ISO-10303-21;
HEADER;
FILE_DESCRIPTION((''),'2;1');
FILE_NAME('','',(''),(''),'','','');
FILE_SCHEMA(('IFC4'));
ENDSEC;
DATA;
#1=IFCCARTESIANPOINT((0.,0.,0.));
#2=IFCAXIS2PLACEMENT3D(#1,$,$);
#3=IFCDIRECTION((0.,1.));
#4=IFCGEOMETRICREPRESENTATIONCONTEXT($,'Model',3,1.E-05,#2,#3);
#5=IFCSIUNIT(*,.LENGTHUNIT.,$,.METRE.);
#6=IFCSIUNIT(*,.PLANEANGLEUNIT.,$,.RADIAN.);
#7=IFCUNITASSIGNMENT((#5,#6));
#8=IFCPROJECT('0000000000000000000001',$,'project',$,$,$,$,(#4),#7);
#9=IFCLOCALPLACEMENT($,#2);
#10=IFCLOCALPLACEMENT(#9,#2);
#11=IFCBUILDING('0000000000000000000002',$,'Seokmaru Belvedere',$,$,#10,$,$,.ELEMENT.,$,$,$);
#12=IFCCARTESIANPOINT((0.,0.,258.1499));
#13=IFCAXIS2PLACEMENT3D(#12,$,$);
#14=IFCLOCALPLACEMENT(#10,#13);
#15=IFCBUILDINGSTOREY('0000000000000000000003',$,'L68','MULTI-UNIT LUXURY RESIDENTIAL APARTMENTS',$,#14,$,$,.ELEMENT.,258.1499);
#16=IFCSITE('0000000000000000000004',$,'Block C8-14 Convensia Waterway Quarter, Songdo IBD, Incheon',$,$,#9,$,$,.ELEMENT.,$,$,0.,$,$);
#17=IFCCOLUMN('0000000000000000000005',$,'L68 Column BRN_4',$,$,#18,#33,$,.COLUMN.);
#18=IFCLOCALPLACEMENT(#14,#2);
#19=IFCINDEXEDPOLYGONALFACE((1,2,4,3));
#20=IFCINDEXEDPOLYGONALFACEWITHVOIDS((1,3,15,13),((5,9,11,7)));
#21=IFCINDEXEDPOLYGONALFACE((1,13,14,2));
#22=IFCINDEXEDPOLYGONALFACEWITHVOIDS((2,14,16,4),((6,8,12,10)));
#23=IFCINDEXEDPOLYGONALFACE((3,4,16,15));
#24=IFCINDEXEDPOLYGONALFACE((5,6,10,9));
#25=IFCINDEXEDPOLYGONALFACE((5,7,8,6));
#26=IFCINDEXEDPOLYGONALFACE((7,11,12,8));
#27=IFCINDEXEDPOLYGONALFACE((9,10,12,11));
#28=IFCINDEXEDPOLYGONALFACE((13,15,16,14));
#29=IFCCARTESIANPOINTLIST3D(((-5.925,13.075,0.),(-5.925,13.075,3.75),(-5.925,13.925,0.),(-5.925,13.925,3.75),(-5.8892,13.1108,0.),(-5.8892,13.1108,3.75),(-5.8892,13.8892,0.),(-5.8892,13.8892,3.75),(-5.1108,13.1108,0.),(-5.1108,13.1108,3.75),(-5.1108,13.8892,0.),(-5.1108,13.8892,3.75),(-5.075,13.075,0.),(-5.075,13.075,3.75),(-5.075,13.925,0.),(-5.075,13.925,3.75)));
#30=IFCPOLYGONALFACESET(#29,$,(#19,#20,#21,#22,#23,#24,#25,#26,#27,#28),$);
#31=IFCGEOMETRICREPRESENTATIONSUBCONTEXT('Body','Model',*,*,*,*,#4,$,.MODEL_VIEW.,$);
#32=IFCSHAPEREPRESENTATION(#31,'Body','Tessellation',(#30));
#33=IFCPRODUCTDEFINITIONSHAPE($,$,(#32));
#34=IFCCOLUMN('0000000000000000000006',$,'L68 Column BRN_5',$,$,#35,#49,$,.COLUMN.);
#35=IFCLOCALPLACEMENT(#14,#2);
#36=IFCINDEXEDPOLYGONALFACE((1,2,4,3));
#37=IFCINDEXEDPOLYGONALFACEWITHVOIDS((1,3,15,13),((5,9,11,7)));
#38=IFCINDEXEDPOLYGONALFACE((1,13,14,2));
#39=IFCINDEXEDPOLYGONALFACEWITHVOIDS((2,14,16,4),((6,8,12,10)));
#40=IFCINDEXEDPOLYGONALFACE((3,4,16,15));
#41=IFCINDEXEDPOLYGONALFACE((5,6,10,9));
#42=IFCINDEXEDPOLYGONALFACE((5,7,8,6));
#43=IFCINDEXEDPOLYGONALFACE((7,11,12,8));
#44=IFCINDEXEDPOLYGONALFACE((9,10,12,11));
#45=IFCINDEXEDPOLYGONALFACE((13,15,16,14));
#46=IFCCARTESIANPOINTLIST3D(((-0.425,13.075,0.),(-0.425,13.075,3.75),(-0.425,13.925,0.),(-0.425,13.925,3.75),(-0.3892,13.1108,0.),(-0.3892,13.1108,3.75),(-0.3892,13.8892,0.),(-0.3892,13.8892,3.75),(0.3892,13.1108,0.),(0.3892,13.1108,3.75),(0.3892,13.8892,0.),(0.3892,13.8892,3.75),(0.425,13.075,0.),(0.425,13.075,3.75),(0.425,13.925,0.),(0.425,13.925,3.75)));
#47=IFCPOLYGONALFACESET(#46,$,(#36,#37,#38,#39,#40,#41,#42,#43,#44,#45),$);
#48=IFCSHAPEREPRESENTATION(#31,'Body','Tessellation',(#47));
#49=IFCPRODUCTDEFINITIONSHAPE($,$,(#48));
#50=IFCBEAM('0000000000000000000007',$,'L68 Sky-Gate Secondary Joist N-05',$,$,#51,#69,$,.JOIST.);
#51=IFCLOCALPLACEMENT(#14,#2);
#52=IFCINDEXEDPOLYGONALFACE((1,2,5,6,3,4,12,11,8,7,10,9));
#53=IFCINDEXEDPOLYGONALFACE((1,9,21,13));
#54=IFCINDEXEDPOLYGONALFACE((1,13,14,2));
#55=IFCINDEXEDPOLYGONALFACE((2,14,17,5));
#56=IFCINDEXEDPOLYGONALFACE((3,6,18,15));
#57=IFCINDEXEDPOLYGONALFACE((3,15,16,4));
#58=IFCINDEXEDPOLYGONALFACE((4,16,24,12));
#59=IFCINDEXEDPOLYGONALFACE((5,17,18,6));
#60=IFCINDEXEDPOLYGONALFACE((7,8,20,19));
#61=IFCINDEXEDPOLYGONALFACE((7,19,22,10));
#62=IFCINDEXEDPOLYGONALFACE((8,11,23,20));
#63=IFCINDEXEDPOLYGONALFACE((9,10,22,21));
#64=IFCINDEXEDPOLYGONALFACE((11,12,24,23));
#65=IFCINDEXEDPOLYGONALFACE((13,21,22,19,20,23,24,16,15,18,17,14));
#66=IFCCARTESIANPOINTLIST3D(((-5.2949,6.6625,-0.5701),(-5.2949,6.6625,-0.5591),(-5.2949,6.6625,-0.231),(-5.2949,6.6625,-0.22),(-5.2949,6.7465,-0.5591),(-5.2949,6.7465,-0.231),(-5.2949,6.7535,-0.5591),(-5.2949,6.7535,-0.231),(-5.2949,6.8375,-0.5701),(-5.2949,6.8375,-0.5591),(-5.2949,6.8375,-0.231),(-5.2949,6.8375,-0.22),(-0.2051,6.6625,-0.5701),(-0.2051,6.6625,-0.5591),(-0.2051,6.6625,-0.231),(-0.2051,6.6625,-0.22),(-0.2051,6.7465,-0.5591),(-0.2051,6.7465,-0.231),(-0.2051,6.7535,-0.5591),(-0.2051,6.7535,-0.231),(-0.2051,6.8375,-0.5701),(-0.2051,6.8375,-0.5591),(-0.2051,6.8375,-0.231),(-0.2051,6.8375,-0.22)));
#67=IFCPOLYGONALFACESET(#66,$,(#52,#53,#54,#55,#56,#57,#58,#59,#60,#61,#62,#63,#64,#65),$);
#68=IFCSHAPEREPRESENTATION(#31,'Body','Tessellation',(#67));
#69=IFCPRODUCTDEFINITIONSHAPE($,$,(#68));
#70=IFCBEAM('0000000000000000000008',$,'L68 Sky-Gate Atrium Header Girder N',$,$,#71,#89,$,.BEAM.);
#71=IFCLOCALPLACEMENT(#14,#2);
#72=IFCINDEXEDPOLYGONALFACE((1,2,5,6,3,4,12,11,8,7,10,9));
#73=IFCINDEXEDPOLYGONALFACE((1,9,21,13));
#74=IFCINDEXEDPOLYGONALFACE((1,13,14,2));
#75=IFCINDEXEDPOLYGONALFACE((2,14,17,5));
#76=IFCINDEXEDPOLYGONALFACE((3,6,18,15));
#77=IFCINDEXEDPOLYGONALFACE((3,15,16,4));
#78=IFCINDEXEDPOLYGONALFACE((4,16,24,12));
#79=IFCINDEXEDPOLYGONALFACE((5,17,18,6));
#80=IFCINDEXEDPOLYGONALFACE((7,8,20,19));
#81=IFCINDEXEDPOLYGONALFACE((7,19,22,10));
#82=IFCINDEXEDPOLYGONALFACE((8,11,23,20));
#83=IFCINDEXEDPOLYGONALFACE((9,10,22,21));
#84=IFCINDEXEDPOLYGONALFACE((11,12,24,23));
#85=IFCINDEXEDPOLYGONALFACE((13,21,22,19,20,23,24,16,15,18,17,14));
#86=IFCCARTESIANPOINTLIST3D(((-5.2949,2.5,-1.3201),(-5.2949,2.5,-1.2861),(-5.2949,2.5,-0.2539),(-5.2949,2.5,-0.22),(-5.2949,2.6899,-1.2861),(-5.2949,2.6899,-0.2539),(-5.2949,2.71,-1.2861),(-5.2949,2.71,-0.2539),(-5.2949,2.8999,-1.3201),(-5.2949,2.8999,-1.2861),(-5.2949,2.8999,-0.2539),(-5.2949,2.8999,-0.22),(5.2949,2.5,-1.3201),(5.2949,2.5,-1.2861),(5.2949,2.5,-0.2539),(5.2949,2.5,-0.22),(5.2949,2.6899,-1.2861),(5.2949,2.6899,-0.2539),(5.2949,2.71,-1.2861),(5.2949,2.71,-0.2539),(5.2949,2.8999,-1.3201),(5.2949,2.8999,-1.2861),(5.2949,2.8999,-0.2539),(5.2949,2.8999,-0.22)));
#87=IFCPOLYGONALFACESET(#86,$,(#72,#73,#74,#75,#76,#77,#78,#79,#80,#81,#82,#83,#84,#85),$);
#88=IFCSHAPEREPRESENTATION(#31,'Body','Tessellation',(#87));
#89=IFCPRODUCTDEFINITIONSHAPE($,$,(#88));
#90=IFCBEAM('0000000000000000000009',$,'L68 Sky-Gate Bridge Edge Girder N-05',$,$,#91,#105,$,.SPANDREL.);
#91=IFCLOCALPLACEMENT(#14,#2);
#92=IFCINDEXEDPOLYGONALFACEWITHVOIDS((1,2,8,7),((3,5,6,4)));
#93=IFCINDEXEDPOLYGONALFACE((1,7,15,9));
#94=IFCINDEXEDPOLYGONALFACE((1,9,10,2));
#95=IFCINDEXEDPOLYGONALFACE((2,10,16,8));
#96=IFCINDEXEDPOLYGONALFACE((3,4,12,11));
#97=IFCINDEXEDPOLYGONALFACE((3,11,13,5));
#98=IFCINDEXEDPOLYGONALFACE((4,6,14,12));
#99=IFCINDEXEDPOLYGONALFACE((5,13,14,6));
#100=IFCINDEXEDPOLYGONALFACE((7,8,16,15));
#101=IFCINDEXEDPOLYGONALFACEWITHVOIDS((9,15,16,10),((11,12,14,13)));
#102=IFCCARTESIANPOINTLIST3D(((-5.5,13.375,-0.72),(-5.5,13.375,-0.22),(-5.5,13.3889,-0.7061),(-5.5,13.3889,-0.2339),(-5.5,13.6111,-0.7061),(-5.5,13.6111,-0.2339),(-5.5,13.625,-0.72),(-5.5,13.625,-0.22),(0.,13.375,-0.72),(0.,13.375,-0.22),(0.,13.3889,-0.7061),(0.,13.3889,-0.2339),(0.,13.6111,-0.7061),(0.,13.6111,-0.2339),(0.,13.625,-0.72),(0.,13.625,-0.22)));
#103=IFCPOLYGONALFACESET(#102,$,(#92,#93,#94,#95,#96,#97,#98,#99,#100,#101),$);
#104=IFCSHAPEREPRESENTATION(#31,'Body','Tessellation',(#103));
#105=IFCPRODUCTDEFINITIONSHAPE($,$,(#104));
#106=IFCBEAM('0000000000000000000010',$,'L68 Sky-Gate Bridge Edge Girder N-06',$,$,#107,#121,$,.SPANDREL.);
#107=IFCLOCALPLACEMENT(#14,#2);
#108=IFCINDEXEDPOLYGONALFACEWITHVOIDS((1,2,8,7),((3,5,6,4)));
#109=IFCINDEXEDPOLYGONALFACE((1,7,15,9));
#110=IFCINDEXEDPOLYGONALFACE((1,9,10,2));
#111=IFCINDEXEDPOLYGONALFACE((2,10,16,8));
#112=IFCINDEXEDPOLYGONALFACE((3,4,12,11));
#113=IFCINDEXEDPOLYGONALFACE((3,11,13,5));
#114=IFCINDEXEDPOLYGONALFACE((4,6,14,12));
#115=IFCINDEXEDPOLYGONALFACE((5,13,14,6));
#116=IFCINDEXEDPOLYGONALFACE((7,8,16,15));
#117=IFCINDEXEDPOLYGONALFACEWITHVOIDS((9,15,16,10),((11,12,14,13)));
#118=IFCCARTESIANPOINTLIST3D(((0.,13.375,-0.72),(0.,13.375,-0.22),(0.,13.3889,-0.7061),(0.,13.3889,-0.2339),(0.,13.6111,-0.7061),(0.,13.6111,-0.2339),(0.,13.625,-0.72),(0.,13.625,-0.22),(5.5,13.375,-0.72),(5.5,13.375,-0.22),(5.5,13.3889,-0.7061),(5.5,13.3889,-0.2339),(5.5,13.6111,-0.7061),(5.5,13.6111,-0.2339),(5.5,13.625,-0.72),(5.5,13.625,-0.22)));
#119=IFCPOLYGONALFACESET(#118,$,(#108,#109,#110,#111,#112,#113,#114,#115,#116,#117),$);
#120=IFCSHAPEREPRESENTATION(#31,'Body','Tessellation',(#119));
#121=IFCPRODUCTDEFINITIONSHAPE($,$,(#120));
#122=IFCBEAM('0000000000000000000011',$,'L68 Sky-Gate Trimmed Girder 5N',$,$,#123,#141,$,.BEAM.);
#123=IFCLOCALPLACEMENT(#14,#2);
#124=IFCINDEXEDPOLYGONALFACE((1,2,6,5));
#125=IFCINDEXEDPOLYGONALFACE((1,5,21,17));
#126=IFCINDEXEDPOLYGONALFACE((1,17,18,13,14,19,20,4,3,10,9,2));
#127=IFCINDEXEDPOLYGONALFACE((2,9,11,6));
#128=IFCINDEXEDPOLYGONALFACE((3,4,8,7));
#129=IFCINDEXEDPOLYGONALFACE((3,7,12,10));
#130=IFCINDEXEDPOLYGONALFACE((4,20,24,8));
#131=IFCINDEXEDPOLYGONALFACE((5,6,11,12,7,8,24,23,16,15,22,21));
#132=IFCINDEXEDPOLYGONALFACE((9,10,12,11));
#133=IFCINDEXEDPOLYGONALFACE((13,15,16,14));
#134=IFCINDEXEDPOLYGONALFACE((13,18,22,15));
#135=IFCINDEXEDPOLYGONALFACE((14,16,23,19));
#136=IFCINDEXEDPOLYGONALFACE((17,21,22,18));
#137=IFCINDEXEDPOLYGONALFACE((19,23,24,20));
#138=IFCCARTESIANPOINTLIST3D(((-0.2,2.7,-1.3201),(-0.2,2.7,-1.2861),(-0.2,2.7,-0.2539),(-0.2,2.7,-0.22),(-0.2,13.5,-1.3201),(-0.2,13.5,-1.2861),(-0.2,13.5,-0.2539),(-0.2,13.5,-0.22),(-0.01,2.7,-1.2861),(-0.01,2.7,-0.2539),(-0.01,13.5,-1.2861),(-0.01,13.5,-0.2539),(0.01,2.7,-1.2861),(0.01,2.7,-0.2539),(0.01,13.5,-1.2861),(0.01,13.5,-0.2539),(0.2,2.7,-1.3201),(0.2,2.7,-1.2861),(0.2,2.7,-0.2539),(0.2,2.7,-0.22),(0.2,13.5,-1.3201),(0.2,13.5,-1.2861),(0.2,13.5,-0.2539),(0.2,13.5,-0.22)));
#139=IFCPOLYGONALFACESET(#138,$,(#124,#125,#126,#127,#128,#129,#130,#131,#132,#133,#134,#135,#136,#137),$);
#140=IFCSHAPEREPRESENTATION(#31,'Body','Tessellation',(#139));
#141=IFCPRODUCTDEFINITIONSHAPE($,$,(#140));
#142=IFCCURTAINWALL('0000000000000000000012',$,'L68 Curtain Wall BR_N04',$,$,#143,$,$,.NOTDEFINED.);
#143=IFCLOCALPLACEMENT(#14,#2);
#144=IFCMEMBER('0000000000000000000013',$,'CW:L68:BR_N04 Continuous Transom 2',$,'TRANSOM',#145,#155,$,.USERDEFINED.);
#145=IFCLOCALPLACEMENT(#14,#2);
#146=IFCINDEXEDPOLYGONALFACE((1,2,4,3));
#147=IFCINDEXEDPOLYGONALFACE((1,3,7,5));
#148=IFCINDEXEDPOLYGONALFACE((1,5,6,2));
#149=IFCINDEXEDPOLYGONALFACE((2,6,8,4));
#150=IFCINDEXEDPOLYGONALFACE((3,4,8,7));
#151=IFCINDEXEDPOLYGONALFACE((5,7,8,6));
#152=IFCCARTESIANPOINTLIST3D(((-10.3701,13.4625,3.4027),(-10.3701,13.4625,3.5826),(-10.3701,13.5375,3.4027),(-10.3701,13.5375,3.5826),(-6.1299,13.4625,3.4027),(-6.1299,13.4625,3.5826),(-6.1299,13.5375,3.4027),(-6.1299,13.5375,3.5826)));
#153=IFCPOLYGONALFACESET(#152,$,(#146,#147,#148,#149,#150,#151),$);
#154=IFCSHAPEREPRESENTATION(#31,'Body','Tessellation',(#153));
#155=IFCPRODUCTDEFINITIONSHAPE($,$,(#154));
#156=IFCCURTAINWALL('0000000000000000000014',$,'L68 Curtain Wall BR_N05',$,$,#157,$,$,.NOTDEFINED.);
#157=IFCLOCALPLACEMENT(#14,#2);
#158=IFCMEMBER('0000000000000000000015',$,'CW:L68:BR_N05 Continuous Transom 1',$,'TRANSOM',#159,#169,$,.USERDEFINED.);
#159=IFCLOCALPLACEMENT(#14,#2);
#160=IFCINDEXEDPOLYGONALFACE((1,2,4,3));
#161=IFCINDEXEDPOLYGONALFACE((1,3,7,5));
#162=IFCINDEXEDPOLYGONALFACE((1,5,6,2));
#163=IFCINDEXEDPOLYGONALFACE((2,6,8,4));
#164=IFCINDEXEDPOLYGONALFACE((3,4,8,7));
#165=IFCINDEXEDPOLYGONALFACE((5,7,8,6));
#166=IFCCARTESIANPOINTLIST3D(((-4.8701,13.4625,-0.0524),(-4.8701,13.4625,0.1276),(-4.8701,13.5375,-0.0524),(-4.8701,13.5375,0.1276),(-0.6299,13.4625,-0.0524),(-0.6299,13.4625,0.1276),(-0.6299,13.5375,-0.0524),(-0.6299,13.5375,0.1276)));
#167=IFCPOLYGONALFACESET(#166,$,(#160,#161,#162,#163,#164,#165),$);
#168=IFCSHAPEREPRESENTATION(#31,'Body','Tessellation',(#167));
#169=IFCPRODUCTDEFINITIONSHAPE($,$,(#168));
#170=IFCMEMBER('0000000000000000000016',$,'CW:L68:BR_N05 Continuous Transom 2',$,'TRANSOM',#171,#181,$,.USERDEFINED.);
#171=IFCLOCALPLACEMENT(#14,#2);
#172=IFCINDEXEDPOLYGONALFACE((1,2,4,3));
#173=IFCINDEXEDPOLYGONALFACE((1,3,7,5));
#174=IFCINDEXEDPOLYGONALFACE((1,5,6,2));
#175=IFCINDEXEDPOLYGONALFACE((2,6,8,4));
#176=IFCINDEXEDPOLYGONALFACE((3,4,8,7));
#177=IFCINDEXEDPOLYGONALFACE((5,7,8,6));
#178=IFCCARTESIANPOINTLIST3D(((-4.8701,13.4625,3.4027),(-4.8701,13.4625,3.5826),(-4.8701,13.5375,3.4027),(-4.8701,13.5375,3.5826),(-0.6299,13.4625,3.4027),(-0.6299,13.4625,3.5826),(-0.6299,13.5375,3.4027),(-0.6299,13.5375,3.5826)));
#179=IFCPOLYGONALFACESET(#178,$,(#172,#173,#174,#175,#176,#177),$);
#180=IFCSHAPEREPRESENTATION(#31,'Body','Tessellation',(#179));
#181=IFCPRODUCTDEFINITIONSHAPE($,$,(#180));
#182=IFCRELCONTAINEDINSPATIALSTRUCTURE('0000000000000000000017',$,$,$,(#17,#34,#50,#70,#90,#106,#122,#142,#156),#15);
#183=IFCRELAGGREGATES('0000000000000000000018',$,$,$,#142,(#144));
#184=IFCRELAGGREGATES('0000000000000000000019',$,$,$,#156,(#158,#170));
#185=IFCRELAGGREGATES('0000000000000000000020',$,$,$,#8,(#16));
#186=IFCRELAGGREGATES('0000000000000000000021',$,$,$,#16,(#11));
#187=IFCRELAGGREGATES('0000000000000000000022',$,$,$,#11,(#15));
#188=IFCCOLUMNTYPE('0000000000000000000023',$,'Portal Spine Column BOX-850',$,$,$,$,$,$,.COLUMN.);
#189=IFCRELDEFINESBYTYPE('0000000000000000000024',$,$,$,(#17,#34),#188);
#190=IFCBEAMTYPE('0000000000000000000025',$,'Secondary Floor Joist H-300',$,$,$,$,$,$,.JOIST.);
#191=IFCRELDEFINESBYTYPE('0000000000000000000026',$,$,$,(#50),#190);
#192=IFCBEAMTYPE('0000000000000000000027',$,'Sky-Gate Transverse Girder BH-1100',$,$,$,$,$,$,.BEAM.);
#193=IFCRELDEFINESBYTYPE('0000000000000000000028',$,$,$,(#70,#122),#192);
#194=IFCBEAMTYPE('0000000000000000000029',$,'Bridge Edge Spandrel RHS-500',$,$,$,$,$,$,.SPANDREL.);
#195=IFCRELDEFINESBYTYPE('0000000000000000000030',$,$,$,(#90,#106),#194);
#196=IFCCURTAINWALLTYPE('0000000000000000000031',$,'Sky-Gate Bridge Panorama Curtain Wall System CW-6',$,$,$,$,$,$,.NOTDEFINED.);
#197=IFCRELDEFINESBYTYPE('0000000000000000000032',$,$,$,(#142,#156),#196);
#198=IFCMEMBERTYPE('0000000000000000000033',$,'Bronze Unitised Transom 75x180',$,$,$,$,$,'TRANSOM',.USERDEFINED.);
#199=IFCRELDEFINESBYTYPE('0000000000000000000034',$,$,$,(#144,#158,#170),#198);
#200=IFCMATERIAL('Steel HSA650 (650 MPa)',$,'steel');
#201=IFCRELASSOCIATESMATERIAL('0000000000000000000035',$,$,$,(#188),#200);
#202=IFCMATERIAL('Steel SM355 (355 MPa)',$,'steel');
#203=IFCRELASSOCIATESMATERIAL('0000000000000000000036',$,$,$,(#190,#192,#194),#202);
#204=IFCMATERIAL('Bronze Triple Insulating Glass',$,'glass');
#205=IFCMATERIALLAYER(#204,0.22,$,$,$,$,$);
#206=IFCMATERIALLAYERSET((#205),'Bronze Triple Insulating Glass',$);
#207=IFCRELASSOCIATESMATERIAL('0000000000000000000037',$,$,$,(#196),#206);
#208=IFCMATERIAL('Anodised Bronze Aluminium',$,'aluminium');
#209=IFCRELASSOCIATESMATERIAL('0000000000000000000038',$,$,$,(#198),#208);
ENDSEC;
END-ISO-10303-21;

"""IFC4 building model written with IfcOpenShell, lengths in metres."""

from ifc_helpers import new_model, si_unit, direction, frame, origin, origin_2d, place, context, subcontext, project, spatial, rectangle, hollow_rectangle, i_section, extrude, source, transform, mapped, material, layer, layer_set, material_profile, profile_set, type_object, type_shapes, element, aggregate, save


model = new_model("IFC4")

# Units and contexts
model_context = context("Model", 3, precision=1e-05, world=origin(), true_north=direction((0.0, 1.0)))
body_context = subcontext(model_context, "Body", "Model", "MODEL_VIEW")
ifc_project = project(units=[si_unit("LENGTHUNIT", "METRE"), si_unit("PLANEANGLEUNIT", "RADIAN")], contexts=[model_context])

# Site, building, storey
site_placement = place(None, origin())
site = spatial("IfcSite", under=ifc_project, at=site_placement, Name="Block C8-14 Convensia Waterway Quarter, Songdo IBD, Incheon", CompositionType="ELEMENT", RefElevation=0.0)
building_placement = place(site_placement, origin())
building = spatial("IfcBuilding", under=site, at=building_placement, Name="Seokmaru Belvedere", CompositionType="ELEMENT")
storey_placement = place(building_placement, frame((0.0, 0.0, 258.1499)))
storey = spatial("IfcBuildingStorey", under=building, at=storey_placement, Name="L68", Description="MULTI-UNIT LUXURY RESIDENTIAL APARTMENTS", CompositionType="ELEMENT", Elevation=258.1499)

# Columns
ifc_material_1 = material(Name="Steel HSA650 (650 MPa)", Category="steel")
ifc_material_profile_1 = material_profile(ifc_material_1, hollow_rectangle(XDim=0.8501, YDim=0.8501, WallThickness=0.0359, at=origin_2d()), Name="BOX-850x850x36")
ifc_profile_set_1 = profile_set([ifc_material_profile_1], Name="Steel HSA650 (650 MPa)")
column_type = type_object("IfcColumnType", Name="Portal Spine Column BOX-850", PredefinedType="COLUMN", material=ifc_profile_set_1)
shared_shape_1 = source(origin(), body_context, "Body", "SweptSolid", [
    extrude(hollow_rectangle(XDim=0.8501, YDim=0.8501, WallThickness=0.0359, at=origin_2d()), origin(), (0.0, 0.0, 1.0), 3.75),
])
type_shapes(column_type, [shared_shape_1])
for number, where, z_axis, x_axis, name in (
    (1, (-5.5, 13.5, 0.0), (0.0, 0.0, 1.0), (1.0, 0.0, 0.0), "L68 Column BRN_4"),
    (2, (0.0, 13.5, 0.0), (0.0, 0.0, 1.0), (1.0, 0.0, 0.0), "L68 Column BRN_5"),
):
    element("IfcColumn", number, at=place(storey_placement, frame(where, z_axis=z_axis, x_axis=x_axis)), inside=storey, type_object=column_type, Name=name, PredefinedType="COLUMN", context=body_context, shape_type="MappedRepresentation", body=[
        mapped(shared_shape_1, transform((0.0, 0.0, 0.0), scale=1.0)),
    ])

# Beams
ifc_material_2 = material(Name="Steel SM355 (355 MPa)", Category="steel")
ifc_material_profile_2 = material_profile(ifc_material_2, i_section(OverallWidth=0.175, OverallDepth=0.3501, WebThickness=0.0071, FlangeThickness=0.011, at=origin_2d()), Name="H-350x175x7x11")
ifc_profile_set_2 = profile_set([ifc_material_profile_2], Name="Steel SM355 (355 MPa)")
beam_type_1 = type_object("IfcBeamType", Name="Secondary Floor Joist H-300", PredefinedType="JOIST", material=ifc_profile_set_2)
shared_shape_2 = source(origin(), body_context, "Body", "SweptSolid", [
    extrude(i_section(OverallWidth=0.175, OverallDepth=0.3501, WebThickness=0.0071, FlangeThickness=0.011, at=origin_2d()), origin(), (0.0, 0.0, 1.0), 5.0898),
])
type_shapes(beam_type_1, [shared_shape_2])
beam_1_placement = place(storey_placement, frame((-5.2949, 6.75, -0.395), z_axis=(1.0, 0.0, 0.0), x_axis=(0.0, 1.0, 0.0)))
element("IfcBeam", 3, at=beam_1_placement, inside=storey, type_object=beam_type_1, Name="L68 Sky-Gate Secondary Joist N-05", PredefinedType="JOIST", context=body_context, shape_type="MappedRepresentation", body=[
    mapped(shared_shape_2, transform((0.0, 0.0, 0.0), scale=1.0)),
])
ifc_material_profile_3 = material_profile(ifc_material_2, i_section(OverallWidth=0.3999, OverallDepth=1.1001, WebThickness=0.02, FlangeThickness=0.0339, at=origin_2d()), Name="BH-1100x400x20x34")
ifc_profile_set_3 = profile_set([ifc_material_profile_3], Name="Steel SM355 (355 MPa)")
beam_type_2 = type_object("IfcBeamType", Name="Sky-Gate Transverse Girder BH-1100", PredefinedType="BEAM", material=ifc_profile_set_3)
shared_shape_3 = source(origin(), body_context, "Body", "SweptSolid", [
    extrude(i_section(OverallWidth=0.3999, OverallDepth=1.1001, WebThickness=0.02, FlangeThickness=0.0339, at=origin_2d()), origin(), (0.0, 0.0, 1.0), 10.5898),
])
beam_2_placement = place(storey_placement, frame((-5.2949, 2.7, -0.77), z_axis=(1.0, 0.0, 0.0), x_axis=(0.0, 1.0, 0.0)))
element("IfcBeam", 4, at=beam_2_placement, inside=storey, type_object=beam_type_2, Name="L68 Sky-Gate Atrium Header Girder N", PredefinedType="BEAM", context=body_context, shape_type="MappedRepresentation", body=[
    mapped(shared_shape_3, transform((0.0, 0.0, 0.0), scale=1.0)),
])
ifc_material_profile_4 = material_profile(ifc_material_2, hollow_rectangle(XDim=0.25, YDim=0.5, WallThickness=0.0139, at=origin_2d()), Name="RHS-500x250x14")
ifc_profile_set_4 = profile_set([ifc_material_profile_4], Name="Steel SM355 (355 MPa)")
beam_type_3 = type_object("IfcBeamType", Name="Bridge Edge Spandrel RHS-500", PredefinedType="SPANDREL", material=ifc_profile_set_4)
shared_shape_4 = source(origin(), body_context, "Body", "SweptSolid", [
    extrude(hollow_rectangle(XDim=0.25, YDim=0.5, WallThickness=0.0139, at=origin_2d()), origin(), (0.0, 0.0, 1.0), 5.5),
])
type_shapes(beam_type_3, [shared_shape_4])
for number, where, z_axis, x_axis, name in (
    (5, (-5.5, 13.5, -0.47), (1.0, 0.0, 0.0), (0.0, 1.0, 0.0), "L68 Sky-Gate Bridge Edge Girder N-05"),
    (6, (0.0, 13.5, -0.47), (1.0, 0.0, 0.0), (0.0, 1.0, 0.0), "L68 Sky-Gate Bridge Edge Girder N-06"),
):
    element("IfcBeam", number, at=place(storey_placement, frame(where, z_axis=z_axis, x_axis=x_axis)), inside=storey, type_object=beam_type_3, Name=name, PredefinedType="SPANDREL", context=body_context, shape_type="MappedRepresentation", body=[
        mapped(shared_shape_4, transform((0.0, 0.0, 0.0), scale=1.0)),
    ])
shared_shape_5 = source(origin(), body_context, "Body", "SweptSolid", [
    extrude(i_section(OverallWidth=0.3999, OverallDepth=1.1001, WebThickness=0.02, FlangeThickness=0.0339, at=origin_2d()), origin(), (0.0, 0.0, 1.0), 10.8),
])
type_shapes(beam_type_2, [shared_shape_3, shared_shape_5])
beam_3_placement = place(storey_placement, frame((0.0, 2.7, -0.77), z_axis=(0.0, 1.0, 0.0), x_axis=(-1.0, 0.0, 0.0)))
element("IfcBeam", 7, at=beam_3_placement, inside=storey, type_object=beam_type_2, Name="L68 Sky-Gate Trimmed Girder 5N", PredefinedType="BEAM", context=body_context, shape_type="MappedRepresentation", body=[
    mapped(shared_shape_5, transform((0.0, 0.0, 0.0), scale=1.0)),
])

# Curtain wall, member
ifc_material_3 = material(Name="Bronze Triple Insulating Glass", Category="glass")
ifc_layer_1 = layer(ifc_material_3, 0.22)
ifc_layer_set_1 = layer_set([ifc_layer_1], Name="Bronze Triple Insulating Glass")
curtain_wall_type = type_object("IfcCurtainWallType", Name="Sky-Gate Bridge Panorama Curtain Wall System CW-6", PredefinedType="NOTDEFINED", material=ifc_layer_set_1)
curtain_wall_1_placement = place(storey_placement, origin())
curtain_wall_1 = element("IfcCurtainWall", 8, at=curtain_wall_1_placement, inside=storey, type_object=curtain_wall_type, Name="L68 Curtain Wall BR_N04", PredefinedType="NOTDEFINED")
ifc_material_4 = material(Name="Anodised Bronze Aluminium", Category="aluminium")
ifc_material_profile_5 = material_profile(ifc_material_4, rectangle(XDim=0.075, YDim=0.1799, at=origin_2d()), Name="CW-T-75x180")
ifc_profile_set_5 = profile_set([ifc_material_profile_5], Name="Anodised Bronze Aluminium")
member_type_1 = type_object("IfcMemberType", Name="Bronze Unitised Transom 75x180", ElementType="TRANSOM", PredefinedType="USERDEFINED", material=ifc_profile_set_5)
shared_shape_6 = source(origin(), body_context, "Body", "SweptSolid", [
    extrude(rectangle(XDim=0.075, YDim=0.1799, at=origin_2d()), origin(), (0.0, 0.0, 1.0), 4.2402),
])
type_shapes(member_type_1, [shared_shape_6])
member_1_placement = place(storey_placement, frame((-6.1299, 13.5, 3.4927), z_axis=(-1.0, 0.0, 0.0), x_axis=(0.0, -1.0, 0.0)))
member_1 = element("IfcMember", 9, at=member_1_placement, type_object=member_type_1, Name="CW:L68:BR_N04 Continuous Transom 2", ObjectType="TRANSOM", PredefinedType="USERDEFINED", context=body_context, shape_type="MappedRepresentation", body=[
    mapped(shared_shape_6, transform((0.0, 0.0, 0.0), scale=1.0)),
])

# Curtain wall, members
curtain_wall_2_placement = place(storey_placement, origin())
curtain_wall_2 = element("IfcCurtainWall", 10, at=curtain_wall_2_placement, inside=storey, type_object=curtain_wall_type, Name="L68 Curtain Wall BR_N05", PredefinedType="NOTDEFINED")
member_2_placement = place(storey_placement, frame((-0.6299, 13.5, 0.0376), z_axis=(-1.0, 0.0, 0.0), x_axis=(0.0, -1.0, 0.0)))
member_2 = element("IfcMember", 11, at=member_2_placement, type_object=member_type_1, Name="CW:L68:BR_N05 Continuous Transom 1", ObjectType="TRANSOM", PredefinedType="USERDEFINED", context=body_context, shape_type="MappedRepresentation", body=[
    mapped(shared_shape_6, transform((0.0, 0.0, 0.0), scale=1.0)),
])
member_3_placement = place(storey_placement, frame((-0.6299, 13.5, 3.4927), z_axis=(-1.0, 0.0, 0.0), x_axis=(0.0, -1.0, 0.0)))
member_3 = element("IfcMember", 12, at=member_3_placement, type_object=member_type_1, Name="CW:L68:BR_N05 Continuous Transom 2", ObjectType="TRANSOM", PredefinedType="USERDEFINED", context=body_context, shape_type="MappedRepresentation", body=[
    mapped(shared_shape_6, transform((0.0, 0.0, 0.0), scale=1.0)),
])

aggregate(curtain_wall_1, [member_1])

aggregate(curtain_wall_2, [member_2, member_3])

save(model, "model.ifc")
